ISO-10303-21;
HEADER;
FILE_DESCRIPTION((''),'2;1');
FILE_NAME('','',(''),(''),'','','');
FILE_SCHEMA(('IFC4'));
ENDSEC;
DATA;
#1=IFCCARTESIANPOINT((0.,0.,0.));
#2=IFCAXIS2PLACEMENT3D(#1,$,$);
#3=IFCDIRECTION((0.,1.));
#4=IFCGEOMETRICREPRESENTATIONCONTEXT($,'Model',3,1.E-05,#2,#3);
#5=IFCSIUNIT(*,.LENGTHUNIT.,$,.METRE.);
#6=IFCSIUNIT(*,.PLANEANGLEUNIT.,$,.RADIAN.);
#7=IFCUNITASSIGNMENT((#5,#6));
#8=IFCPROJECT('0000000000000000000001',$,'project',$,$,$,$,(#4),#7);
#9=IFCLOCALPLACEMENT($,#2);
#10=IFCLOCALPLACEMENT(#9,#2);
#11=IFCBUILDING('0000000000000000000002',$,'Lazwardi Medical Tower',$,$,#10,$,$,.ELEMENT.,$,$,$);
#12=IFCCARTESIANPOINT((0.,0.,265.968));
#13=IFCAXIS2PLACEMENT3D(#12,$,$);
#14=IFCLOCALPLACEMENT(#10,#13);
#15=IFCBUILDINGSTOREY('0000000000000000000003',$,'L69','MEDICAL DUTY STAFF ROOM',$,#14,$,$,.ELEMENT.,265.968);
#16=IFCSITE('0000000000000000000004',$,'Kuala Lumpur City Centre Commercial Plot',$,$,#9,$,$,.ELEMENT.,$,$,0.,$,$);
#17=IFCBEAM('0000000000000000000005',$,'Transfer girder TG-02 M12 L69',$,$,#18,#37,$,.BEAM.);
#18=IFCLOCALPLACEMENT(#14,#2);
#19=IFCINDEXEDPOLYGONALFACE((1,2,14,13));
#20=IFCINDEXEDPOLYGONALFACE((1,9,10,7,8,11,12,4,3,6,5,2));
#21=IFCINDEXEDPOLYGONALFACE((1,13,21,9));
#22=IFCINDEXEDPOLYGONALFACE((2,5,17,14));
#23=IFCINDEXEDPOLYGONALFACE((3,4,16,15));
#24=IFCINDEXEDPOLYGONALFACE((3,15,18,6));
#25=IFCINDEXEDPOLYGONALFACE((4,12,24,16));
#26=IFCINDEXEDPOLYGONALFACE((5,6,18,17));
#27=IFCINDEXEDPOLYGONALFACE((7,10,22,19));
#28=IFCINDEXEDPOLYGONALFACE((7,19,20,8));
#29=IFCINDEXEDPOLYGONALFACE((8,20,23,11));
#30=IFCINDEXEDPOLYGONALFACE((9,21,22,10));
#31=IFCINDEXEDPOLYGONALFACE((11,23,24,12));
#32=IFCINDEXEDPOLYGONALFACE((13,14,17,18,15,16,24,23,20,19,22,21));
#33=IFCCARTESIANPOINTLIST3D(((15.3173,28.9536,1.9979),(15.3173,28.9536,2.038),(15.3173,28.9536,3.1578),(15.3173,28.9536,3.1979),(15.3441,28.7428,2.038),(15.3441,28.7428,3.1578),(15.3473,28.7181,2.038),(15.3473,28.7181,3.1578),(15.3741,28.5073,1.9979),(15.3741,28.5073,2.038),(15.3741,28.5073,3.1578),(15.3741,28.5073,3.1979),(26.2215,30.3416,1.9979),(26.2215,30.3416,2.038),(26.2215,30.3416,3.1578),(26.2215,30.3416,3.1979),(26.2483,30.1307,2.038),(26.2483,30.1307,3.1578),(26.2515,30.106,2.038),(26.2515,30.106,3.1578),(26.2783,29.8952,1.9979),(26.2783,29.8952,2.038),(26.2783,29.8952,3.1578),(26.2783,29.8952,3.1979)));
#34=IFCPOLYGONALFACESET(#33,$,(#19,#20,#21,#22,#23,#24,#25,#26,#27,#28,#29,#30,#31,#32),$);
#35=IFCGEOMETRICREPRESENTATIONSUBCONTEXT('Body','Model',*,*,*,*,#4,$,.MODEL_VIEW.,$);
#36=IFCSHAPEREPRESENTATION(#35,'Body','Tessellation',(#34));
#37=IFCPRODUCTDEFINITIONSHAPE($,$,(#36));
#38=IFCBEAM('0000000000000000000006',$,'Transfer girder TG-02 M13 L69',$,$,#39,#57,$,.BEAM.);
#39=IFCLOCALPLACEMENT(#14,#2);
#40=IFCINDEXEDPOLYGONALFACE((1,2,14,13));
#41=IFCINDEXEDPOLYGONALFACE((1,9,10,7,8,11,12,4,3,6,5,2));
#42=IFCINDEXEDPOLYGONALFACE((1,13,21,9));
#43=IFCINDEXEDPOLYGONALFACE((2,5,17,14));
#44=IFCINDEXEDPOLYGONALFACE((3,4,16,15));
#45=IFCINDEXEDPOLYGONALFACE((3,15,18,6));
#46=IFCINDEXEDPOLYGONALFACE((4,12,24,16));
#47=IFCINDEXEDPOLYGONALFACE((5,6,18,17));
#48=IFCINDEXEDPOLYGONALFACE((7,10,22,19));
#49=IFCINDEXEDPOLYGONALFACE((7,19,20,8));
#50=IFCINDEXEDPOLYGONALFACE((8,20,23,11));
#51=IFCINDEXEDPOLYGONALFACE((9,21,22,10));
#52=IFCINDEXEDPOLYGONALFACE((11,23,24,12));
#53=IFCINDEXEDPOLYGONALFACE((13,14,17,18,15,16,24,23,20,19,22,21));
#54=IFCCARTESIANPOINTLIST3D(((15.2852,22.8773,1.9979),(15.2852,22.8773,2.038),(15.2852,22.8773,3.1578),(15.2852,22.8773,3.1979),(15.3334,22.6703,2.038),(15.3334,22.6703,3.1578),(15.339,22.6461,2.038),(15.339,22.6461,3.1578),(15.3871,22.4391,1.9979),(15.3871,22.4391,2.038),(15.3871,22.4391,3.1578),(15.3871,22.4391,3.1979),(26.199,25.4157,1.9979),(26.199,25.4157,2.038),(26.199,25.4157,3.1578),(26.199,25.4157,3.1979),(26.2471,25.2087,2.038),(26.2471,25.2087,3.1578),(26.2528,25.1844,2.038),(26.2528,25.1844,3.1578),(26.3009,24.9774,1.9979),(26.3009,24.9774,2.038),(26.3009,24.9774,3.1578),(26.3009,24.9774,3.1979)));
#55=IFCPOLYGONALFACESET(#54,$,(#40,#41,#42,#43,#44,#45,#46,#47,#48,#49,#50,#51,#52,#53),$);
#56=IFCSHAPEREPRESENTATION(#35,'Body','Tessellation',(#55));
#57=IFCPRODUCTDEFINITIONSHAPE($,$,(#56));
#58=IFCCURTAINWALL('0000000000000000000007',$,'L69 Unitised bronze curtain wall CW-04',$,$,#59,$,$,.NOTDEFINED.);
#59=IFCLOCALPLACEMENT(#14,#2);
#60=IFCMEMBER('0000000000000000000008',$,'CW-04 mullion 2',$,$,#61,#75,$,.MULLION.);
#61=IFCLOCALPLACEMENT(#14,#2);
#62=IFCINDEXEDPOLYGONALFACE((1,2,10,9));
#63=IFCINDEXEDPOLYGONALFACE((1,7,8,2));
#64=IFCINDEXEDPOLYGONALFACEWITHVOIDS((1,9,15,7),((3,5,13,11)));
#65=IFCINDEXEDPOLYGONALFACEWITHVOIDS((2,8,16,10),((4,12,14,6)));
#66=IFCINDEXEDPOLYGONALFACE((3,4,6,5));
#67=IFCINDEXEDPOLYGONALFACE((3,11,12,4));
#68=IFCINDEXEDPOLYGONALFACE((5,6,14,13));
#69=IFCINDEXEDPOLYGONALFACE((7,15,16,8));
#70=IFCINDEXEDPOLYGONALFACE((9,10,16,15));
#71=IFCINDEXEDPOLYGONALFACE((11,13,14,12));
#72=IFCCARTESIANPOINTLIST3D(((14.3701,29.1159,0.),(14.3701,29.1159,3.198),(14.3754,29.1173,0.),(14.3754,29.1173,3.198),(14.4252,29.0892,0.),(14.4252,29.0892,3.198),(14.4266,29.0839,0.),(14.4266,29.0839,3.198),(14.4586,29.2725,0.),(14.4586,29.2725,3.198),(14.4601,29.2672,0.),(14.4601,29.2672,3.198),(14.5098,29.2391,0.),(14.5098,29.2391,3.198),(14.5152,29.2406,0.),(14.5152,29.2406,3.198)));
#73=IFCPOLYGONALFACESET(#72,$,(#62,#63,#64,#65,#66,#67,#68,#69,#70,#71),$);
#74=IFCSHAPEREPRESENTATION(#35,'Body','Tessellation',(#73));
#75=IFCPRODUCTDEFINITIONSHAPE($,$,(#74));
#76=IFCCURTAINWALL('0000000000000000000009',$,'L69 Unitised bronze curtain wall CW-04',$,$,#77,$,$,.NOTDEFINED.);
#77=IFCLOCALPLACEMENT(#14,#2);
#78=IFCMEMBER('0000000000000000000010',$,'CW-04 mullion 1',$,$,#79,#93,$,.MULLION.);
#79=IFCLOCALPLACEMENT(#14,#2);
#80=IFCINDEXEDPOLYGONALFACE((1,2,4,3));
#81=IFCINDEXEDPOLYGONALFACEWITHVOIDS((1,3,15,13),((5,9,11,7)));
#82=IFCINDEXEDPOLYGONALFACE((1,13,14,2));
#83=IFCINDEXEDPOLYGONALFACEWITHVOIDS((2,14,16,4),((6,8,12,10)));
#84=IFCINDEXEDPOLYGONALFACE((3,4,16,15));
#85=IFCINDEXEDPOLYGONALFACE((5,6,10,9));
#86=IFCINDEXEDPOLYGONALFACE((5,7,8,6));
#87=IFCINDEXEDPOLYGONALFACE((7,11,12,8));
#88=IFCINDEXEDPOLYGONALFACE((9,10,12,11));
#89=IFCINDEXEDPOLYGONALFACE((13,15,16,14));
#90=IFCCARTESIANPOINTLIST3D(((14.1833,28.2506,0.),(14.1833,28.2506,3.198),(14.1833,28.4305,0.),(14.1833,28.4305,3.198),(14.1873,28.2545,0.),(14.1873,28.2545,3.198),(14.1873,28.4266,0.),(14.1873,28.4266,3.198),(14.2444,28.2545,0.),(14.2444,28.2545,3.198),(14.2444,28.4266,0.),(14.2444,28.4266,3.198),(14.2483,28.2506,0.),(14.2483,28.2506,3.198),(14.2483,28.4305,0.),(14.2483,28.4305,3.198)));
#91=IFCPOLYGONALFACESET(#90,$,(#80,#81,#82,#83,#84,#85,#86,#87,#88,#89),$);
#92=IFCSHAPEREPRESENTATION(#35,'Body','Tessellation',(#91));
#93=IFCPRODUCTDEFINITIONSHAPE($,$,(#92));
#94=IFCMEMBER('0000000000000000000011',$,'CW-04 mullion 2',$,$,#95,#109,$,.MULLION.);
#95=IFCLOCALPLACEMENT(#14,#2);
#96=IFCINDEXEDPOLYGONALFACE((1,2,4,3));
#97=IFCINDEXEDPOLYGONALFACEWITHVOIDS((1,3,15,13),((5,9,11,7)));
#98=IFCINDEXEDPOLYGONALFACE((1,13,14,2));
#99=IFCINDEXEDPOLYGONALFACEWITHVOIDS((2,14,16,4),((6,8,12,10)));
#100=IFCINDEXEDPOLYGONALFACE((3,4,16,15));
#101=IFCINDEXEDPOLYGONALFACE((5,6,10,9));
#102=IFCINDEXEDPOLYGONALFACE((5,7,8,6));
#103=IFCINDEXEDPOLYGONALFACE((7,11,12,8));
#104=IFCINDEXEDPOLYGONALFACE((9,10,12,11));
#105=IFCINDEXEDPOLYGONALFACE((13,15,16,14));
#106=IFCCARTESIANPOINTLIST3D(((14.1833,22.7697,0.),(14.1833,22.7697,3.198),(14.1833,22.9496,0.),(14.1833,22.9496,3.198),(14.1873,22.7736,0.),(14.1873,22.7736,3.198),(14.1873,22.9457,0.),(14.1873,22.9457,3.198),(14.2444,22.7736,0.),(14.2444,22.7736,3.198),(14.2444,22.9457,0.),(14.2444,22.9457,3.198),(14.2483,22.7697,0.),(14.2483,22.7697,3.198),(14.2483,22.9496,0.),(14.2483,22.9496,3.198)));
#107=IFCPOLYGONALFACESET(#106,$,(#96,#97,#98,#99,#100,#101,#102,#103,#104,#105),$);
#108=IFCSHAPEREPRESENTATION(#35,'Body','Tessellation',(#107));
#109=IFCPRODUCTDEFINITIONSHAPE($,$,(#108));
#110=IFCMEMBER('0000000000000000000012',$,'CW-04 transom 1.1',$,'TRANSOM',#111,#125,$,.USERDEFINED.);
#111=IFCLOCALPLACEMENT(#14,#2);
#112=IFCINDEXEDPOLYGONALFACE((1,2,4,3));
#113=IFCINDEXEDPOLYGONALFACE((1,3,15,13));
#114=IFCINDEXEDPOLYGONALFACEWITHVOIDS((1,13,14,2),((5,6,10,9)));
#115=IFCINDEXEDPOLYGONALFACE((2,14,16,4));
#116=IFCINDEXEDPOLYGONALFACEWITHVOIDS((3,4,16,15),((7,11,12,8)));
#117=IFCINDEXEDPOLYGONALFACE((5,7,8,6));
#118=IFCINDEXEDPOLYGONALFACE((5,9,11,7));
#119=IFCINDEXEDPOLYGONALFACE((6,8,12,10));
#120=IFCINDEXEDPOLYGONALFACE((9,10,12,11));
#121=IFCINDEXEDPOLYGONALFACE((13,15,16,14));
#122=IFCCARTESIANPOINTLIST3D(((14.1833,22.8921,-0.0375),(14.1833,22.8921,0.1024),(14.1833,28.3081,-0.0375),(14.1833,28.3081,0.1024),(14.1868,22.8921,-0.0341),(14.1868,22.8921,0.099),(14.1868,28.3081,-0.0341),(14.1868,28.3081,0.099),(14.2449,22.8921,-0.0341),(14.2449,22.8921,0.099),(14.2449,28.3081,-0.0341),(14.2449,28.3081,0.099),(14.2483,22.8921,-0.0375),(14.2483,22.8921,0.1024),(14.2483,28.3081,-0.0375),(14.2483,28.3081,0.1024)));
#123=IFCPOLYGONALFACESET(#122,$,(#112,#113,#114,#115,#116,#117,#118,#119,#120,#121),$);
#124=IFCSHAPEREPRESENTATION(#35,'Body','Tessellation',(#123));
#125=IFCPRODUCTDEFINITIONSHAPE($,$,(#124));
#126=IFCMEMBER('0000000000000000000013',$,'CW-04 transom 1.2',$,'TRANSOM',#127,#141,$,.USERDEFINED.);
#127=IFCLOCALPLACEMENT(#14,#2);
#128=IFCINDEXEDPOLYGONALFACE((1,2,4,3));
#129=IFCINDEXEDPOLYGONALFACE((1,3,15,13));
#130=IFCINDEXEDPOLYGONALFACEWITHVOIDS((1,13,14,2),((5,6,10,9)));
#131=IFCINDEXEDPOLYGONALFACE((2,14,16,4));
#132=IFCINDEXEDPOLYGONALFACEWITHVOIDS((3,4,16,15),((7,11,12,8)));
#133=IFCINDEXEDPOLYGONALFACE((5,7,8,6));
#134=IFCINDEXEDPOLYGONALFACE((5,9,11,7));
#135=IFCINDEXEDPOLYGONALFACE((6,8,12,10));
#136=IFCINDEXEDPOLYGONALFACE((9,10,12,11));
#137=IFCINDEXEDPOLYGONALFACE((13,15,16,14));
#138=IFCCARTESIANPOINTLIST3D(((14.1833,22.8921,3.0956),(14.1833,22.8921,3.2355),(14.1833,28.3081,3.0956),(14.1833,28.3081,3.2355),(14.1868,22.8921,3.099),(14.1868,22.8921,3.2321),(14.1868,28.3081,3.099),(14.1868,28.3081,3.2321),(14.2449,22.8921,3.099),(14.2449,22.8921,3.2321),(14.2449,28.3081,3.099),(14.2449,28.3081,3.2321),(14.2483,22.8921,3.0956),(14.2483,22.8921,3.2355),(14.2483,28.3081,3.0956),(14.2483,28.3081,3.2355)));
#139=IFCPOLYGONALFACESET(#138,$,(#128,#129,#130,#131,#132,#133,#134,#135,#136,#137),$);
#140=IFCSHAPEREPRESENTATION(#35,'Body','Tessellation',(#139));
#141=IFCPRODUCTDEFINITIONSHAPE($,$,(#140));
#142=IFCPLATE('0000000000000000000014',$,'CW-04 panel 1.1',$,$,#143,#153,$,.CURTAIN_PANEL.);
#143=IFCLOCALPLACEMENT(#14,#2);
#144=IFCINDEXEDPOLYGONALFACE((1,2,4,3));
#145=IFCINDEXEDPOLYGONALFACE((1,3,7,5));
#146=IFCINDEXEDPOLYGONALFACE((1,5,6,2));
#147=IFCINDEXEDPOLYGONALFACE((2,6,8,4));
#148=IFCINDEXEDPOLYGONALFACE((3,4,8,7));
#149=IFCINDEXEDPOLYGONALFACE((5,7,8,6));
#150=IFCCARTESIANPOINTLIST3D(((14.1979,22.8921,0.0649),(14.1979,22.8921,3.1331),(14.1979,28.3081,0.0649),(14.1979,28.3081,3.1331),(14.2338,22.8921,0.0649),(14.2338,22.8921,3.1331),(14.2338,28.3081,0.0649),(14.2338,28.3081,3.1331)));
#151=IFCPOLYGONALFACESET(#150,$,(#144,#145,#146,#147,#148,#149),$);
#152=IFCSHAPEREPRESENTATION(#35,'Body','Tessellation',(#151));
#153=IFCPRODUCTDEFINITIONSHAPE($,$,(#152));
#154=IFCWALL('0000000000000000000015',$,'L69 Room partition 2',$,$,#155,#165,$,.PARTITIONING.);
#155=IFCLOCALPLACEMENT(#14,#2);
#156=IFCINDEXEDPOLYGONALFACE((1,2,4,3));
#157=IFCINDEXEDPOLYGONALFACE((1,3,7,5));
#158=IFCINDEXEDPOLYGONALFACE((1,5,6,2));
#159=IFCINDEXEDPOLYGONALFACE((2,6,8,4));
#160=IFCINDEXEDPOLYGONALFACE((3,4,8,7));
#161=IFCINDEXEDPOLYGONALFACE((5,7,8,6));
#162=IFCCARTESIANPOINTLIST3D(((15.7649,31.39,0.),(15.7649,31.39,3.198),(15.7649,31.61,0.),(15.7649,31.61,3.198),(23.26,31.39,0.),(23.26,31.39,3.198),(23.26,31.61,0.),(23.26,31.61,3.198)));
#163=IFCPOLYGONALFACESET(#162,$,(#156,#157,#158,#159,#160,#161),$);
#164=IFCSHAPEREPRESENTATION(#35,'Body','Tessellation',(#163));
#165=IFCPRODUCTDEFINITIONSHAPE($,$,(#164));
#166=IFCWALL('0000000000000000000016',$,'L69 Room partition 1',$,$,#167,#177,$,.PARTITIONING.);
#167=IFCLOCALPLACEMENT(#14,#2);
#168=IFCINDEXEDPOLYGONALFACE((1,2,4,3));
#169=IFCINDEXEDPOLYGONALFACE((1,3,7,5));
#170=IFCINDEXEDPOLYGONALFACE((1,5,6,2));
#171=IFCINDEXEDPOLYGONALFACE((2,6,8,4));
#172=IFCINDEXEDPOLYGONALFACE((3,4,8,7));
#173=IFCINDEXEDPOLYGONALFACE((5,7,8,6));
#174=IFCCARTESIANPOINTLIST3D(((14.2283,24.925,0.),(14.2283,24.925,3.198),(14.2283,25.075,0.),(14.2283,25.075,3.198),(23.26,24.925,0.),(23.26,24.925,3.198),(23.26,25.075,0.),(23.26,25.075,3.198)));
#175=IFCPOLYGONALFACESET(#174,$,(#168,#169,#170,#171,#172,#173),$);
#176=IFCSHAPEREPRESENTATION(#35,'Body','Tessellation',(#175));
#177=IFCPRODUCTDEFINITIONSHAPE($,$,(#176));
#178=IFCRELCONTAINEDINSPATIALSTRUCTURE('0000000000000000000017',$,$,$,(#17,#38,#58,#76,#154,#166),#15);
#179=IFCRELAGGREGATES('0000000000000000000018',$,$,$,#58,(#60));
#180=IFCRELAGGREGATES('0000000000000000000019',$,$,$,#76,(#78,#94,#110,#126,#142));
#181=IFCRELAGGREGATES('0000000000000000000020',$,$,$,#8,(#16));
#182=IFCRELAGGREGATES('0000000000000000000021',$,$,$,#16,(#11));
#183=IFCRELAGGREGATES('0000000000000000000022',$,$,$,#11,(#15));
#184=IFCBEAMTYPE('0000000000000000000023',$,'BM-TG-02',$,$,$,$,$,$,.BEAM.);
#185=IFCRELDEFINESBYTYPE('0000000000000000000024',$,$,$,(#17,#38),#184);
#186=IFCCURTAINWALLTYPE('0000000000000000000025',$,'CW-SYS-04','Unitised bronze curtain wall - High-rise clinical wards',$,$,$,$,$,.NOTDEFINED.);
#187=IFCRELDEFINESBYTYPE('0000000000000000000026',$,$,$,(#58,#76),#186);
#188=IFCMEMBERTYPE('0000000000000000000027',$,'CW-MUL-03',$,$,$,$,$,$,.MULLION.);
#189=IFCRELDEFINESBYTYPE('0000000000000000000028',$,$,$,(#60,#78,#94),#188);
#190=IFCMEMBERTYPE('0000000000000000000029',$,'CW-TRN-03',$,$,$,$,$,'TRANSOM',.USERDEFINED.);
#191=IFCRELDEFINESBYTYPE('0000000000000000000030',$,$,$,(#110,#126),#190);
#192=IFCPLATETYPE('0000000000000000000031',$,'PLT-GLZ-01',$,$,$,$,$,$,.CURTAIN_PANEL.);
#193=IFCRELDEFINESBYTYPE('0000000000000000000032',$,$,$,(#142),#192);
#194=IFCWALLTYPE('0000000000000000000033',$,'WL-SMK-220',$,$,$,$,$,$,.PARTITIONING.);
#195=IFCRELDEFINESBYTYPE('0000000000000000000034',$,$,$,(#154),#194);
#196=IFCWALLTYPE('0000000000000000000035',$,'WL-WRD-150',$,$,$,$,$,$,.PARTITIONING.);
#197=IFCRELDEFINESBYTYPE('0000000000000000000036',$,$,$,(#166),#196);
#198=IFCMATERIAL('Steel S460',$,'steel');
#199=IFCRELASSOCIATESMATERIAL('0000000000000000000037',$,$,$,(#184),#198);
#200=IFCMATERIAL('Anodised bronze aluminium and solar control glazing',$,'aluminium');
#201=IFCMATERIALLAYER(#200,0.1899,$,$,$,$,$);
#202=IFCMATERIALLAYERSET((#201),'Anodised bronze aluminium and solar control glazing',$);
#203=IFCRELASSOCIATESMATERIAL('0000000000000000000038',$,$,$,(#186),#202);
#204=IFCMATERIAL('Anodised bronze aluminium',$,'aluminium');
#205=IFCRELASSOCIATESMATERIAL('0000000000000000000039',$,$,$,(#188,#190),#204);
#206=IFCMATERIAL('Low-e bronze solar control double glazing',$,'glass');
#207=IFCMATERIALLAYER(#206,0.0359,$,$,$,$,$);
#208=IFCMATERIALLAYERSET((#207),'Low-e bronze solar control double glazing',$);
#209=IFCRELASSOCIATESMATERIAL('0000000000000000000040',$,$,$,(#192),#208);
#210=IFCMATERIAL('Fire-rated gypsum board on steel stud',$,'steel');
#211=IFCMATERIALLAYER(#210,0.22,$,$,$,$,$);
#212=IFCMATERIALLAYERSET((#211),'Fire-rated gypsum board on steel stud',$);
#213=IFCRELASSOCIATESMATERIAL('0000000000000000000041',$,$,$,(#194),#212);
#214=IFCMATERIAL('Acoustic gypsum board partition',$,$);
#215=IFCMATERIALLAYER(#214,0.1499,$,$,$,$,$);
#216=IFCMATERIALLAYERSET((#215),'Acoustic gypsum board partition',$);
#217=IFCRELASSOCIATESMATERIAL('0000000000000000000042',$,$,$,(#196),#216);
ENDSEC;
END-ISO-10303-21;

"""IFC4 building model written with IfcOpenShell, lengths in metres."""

from ifc_helpers import new_model, si_unit, direction, frame, frame_2d, origin, origin_2d, place, context, subcontext, project, spatial, rectangle, hollow_rectangle, i_section, extrude, material, layer, layer_set, material_profile, profile_set, type_object, element, aggregate, save


model = new_model("IFC4")

# Units and contexts
model_context = context("Model", 3, precision=1e-05, world=origin(), true_north=direction((0.0, 1.0)))
body_context = subcontext(model_context, "Body", "Model", "MODEL_VIEW")
ifc_project = project(units=[si_unit("LENGTHUNIT", "METRE"), si_unit("PLANEANGLEUNIT", "RADIAN")], contexts=[model_context])

# Site, building, storey
site_placement = place(None, origin())
site = spatial("IfcSite", under=ifc_project, at=site_placement, Name="Kuala Lumpur City Centre Commercial Plot", CompositionType="ELEMENT", RefElevation=0.0)
building_placement = place(site_placement, origin())
building = spatial("IfcBuilding", under=site, at=building_placement, Name="Lazwardi Medical Tower", CompositionType="ELEMENT")
storey_placement = place(building_placement, frame((0.0, 0.0, 265.968)))
storey = spatial("IfcBuildingStorey", under=building, at=storey_placement, Name="L69", Description="MEDICAL DUTY STAFF ROOM", CompositionType="ELEMENT", Elevation=265.968)

# Beams
ifc_material_1 = material(Name="Steel S460", Category="steel")
ifc_material_profile_1 = material_profile(ifc_material_1, i_section(OverallWidth=0.45, OverallDepth=1.2, WebThickness=0.0249, FlangeThickness=0.04, at=origin_2d()), Name="PG 1200x450")
ifc_profile_set_1 = profile_set([ifc_material_profile_1], Name="Steel S460")
beam_type_1 = type_object("IfcBeamType", Name="BM-TG-02", PredefinedType="BEAM", material=ifc_profile_set_1)
beam_1_placement = place(storey_placement, frame((15.3457, 28.7305, 2.5979), z_axis=(0.991997, 0.126265, 0.0), x_axis=(-0.126265, 0.991997, 0.0)))
element("IfcBeam", 1, at=beam_1_placement, inside=storey, type_object=beam_type_1, Name="Transfer girder TG-02 M12 L69", PredefinedType="BEAM", context=body_context, shape_type="SweptSolid", body=[
    extrude(i_section(OverallWidth=0.45, OverallDepth=1.2, WebThickness=0.0249, FlangeThickness=0.04, at=origin_2d()), origin(), (0.0, 0.0, 1.0), 10.9922),
])
beam_2_placement = place(storey_placement, frame((15.3362, 22.6582, 2.5979), z_axis=(0.974003, 0.226533, 0.0), x_axis=(-0.226533, 0.974003, 0.0)))
element("IfcBeam", 2, at=beam_2_placement, inside=storey, type_object=beam_type_1, Name="Transfer girder TG-02 M13 L69", PredefinedType="BEAM", context=body_context, shape_type="SweptSolid", body=[
    extrude(i_section(OverallWidth=0.45, OverallDepth=1.2, WebThickness=0.0249, FlangeThickness=0.04, at=origin_2d()), origin(), (0.0, 0.0, 1.0), 11.2051),
])

# Curtain wall, member
ifc_material_2 = material(Name="Anodised bronze aluminium and solar control glazing", Category="aluminium")
ifc_layer_1 = layer(ifc_material_2, 0.1899)
ifc_layer_set_1 = layer_set([ifc_layer_1], Name="Anodised bronze aluminium and solar control glazing")
curtain_wall_type = type_object("IfcCurtainWallType", Name="CW-SYS-04", Description="Unitised bronze curtain wall - High-rise clinical wards", PredefinedType="NOTDEFINED", material=ifc_layer_set_1)
curtain_wall_1_placement = place(storey_placement, origin())
curtain_wall_1 = element("IfcCurtainWall", 3, at=curtain_wall_1_placement, inside=storey, type_object=curtain_wall_type, Name="L69 Unitised bronze curtain wall CW-04", PredefinedType="NOTDEFINED")
ifc_material_3 = material(Name="Anodised bronze aluminium", Category="aluminium")
ifc_material_profile_2 = material_profile(ifc_material_3, hollow_rectangle(XDim=0.0649, YDim=0.1799, WallThickness=0.0039, at=origin_2d()), Name="ALU-MULLION 180x65x4")
ifc_profile_set_2 = profile_set([ifc_material_profile_2], Name="Anodised bronze aluminium")
member_type_1 = type_object("IfcMemberType", Name="CW-MUL-03", PredefinedType="MULLION", material=ifc_profile_set_2)
member_1_placement = place(storey_placement, frame((14.4426, 29.1782, 0.0), z_axis=(0.0, 0.0, 1.0), x_axis=(0.870651, -0.4919, 0.0)))
member_1 = element("IfcMember", 4, at=member_1_placement, type_object=member_type_1, Name="CW-04 mullion 2", PredefinedType="MULLION", context=body_context, shape_type="SweptSolid", body=[
    extrude(hollow_rectangle(XDim=0.0649, YDim=0.1799, WallThickness=0.0039, at=origin_2d()), origin(), (0.0, 0.0, 1.0), 3.198),
])
aggregate(curtain_wall_1, [member_1])

# Curtain wall, members, plate
curtain_wall_2_placement = place(storey_placement, origin())
curtain_wall_2 = element("IfcCurtainWall", 5, at=curtain_wall_2_placement, inside=storey, type_object=curtain_wall_type, Name="L69 Unitised bronze curtain wall CW-04", PredefinedType="NOTDEFINED")
member_2_placement = place(storey_placement, frame((14.2158, 28.3406, 0.0), z_axis=(0.0, 0.0, 1.0), x_axis=(1.0, 0.0, 0.0)))
member_2 = element("IfcMember", 6, at=member_2_placement, type_object=member_type_1, Name="CW-04 mullion 1", PredefinedType="MULLION", context=body_context, shape_type="SweptSolid", body=[
    extrude(hollow_rectangle(XDim=0.0649, YDim=0.1799, WallThickness=0.0039, at=origin_2d()), origin(), (0.0, 0.0, 1.0), 3.198),
])
member_3_placement = place(storey_placement, frame((14.2158, 22.8596, 0.0), z_axis=(0.0, 0.0, 1.0), x_axis=(1.0, 0.0, 0.0)))
member_3 = element("IfcMember", 7, at=member_3_placement, type_object=member_type_1, Name="CW-04 mullion 2", PredefinedType="MULLION", context=body_context, shape_type="SweptSolid", body=[
    extrude(hollow_rectangle(XDim=0.0649, YDim=0.1799, WallThickness=0.0039, at=origin_2d()), origin(), (0.0, 0.0, 1.0), 3.198),
])
ifc_material_profile_3 = material_profile(ifc_material_3, hollow_rectangle(XDim=0.0649, YDim=0.1399, WallThickness=0.0034, at=origin_2d()), Name="ALU-TRANSOM 140x65x3.5")
ifc_profile_set_3 = profile_set([ifc_material_profile_3], Name="Anodised bronze aluminium")
member_type_2 = type_object("IfcMemberType", Name="CW-TRN-03", ElementType="TRANSOM", PredefinedType="USERDEFINED", material=ifc_profile_set_3)
member_4_placement = place(storey_placement, frame((14.2158, 28.3081, 0.0325), z_axis=(0.0, -1.0, 0.0), x_axis=(1.0, 0.0, 0.0)))
member_4 = element("IfcMember", 8, at=member_4_placement, type_object=member_type_2, Name="CW-04 transom 1.1", ObjectType="TRANSOM", PredefinedType="USERDEFINED", context=body_context, shape_type="SweptSolid", body=[
    extrude(hollow_rectangle(XDim=0.0649, YDim=0.1399, WallThickness=0.0034, at=origin_2d()), origin(), (0.0, 0.0, 1.0), 5.416),
])
member_5_placement = place(storey_placement, frame((14.2158, 28.3081, 3.1655), z_axis=(0.0, -1.0, 0.0), x_axis=(1.0, 0.0, 0.0)))
member_5 = element("IfcMember", 9, at=member_5_placement, type_object=member_type_2, Name="CW-04 transom 1.2", ObjectType="TRANSOM", PredefinedType="USERDEFINED", context=body_context, shape_type="SweptSolid", body=[
    extrude(hollow_rectangle(XDim=0.0649, YDim=0.1399, WallThickness=0.0034, at=origin_2d()), origin(), (0.0, 0.0, 1.0), 5.416),
])
ifc_material_4 = material(Name="Low-e bronze solar control double glazing", Category="glass")
ifc_layer_2 = layer(ifc_material_4, 0.0359)
ifc_layer_set_2 = layer_set([ifc_layer_2], Name="Low-e bronze solar control double glazing")
plate_type = type_object("IfcPlateType", Name="PLT-GLZ-01", PredefinedType="CURTAIN_PANEL", material=ifc_layer_set_2)
plate_placement = place(storey_placement, frame((14.2158, 25.6001, 0.0649), z_axis=(0.0, 0.0, 1.0), x_axis=(0.0, -1.0, 0.0)))
plate = element("IfcPlate", 10, at=plate_placement, type_object=plate_type, Name="CW-04 panel 1.1", PredefinedType="CURTAIN_PANEL", context=body_context, shape_type="SweptSolid", body=[
    extrude(rectangle(XDim=5.416, YDim=0.0359, at=origin_2d()), origin(), (0.0, 0.0, 1.0), 3.0681),
])
aggregate(curtain_wall_2, [member_2, member_3, member_4, member_5, plate])

# Walls
ifc_material_5 = material(Name="Fire-rated gypsum board on steel stud", Category="steel")
ifc_layer_3 = layer(ifc_material_5, 0.22)
ifc_layer_set_3 = layer_set([ifc_layer_3], Name="Fire-rated gypsum board on steel stud")
wall_type_1 = type_object("IfcWallType", Name="WL-SMK-220", PredefinedType="PARTITIONING", material=ifc_layer_set_3)
wall_1_placement = place(storey_placement, frame((15.7649, 31.5, 0.0), z_axis=(0.0, 0.0, 1.0), x_axis=(1.0, 0.0, 0.0)))
element("IfcWall", 11, at=wall_1_placement, inside=storey, type_object=wall_type_1, Name="L69 Room partition 2", PredefinedType="PARTITIONING", context=body_context, shape_type="SweptSolid", body=[
    extrude(rectangle(XDim=7.4951, YDim=0.22, at=frame_2d((3.7476, 0.0))), origin(), (0.0, 0.0, 1.0), 3.198),
])
ifc_material_6 = material(Name="Acoustic gypsum board partition")
ifc_layer_4 = layer(ifc_material_6, 0.1499)
ifc_layer_set_4 = layer_set([ifc_layer_4], Name="Acoustic gypsum board partition")
wall_type_2 = type_object("IfcWallType", Name="WL-WRD-150", PredefinedType="PARTITIONING", material=ifc_layer_set_4)
wall_2_placement = place(storey_placement, frame((14.2283, 25.0, 0.0), z_axis=(0.0, 0.0, 1.0), x_axis=(1.0, 0.0, 0.0)))
element("IfcWall", 12, at=wall_2_placement, inside=storey, type_object=wall_type_2, Name="L69 Room partition 1", PredefinedType="PARTITIONING", context=body_context, shape_type="SweptSolid", body=[
    extrude(rectangle(XDim=9.0317, YDim=0.1499, at=frame_2d((4.5159, 0.0))), origin(), (0.0, 0.0, 1.0), 3.198),
])

save(model, "model.ifc")
